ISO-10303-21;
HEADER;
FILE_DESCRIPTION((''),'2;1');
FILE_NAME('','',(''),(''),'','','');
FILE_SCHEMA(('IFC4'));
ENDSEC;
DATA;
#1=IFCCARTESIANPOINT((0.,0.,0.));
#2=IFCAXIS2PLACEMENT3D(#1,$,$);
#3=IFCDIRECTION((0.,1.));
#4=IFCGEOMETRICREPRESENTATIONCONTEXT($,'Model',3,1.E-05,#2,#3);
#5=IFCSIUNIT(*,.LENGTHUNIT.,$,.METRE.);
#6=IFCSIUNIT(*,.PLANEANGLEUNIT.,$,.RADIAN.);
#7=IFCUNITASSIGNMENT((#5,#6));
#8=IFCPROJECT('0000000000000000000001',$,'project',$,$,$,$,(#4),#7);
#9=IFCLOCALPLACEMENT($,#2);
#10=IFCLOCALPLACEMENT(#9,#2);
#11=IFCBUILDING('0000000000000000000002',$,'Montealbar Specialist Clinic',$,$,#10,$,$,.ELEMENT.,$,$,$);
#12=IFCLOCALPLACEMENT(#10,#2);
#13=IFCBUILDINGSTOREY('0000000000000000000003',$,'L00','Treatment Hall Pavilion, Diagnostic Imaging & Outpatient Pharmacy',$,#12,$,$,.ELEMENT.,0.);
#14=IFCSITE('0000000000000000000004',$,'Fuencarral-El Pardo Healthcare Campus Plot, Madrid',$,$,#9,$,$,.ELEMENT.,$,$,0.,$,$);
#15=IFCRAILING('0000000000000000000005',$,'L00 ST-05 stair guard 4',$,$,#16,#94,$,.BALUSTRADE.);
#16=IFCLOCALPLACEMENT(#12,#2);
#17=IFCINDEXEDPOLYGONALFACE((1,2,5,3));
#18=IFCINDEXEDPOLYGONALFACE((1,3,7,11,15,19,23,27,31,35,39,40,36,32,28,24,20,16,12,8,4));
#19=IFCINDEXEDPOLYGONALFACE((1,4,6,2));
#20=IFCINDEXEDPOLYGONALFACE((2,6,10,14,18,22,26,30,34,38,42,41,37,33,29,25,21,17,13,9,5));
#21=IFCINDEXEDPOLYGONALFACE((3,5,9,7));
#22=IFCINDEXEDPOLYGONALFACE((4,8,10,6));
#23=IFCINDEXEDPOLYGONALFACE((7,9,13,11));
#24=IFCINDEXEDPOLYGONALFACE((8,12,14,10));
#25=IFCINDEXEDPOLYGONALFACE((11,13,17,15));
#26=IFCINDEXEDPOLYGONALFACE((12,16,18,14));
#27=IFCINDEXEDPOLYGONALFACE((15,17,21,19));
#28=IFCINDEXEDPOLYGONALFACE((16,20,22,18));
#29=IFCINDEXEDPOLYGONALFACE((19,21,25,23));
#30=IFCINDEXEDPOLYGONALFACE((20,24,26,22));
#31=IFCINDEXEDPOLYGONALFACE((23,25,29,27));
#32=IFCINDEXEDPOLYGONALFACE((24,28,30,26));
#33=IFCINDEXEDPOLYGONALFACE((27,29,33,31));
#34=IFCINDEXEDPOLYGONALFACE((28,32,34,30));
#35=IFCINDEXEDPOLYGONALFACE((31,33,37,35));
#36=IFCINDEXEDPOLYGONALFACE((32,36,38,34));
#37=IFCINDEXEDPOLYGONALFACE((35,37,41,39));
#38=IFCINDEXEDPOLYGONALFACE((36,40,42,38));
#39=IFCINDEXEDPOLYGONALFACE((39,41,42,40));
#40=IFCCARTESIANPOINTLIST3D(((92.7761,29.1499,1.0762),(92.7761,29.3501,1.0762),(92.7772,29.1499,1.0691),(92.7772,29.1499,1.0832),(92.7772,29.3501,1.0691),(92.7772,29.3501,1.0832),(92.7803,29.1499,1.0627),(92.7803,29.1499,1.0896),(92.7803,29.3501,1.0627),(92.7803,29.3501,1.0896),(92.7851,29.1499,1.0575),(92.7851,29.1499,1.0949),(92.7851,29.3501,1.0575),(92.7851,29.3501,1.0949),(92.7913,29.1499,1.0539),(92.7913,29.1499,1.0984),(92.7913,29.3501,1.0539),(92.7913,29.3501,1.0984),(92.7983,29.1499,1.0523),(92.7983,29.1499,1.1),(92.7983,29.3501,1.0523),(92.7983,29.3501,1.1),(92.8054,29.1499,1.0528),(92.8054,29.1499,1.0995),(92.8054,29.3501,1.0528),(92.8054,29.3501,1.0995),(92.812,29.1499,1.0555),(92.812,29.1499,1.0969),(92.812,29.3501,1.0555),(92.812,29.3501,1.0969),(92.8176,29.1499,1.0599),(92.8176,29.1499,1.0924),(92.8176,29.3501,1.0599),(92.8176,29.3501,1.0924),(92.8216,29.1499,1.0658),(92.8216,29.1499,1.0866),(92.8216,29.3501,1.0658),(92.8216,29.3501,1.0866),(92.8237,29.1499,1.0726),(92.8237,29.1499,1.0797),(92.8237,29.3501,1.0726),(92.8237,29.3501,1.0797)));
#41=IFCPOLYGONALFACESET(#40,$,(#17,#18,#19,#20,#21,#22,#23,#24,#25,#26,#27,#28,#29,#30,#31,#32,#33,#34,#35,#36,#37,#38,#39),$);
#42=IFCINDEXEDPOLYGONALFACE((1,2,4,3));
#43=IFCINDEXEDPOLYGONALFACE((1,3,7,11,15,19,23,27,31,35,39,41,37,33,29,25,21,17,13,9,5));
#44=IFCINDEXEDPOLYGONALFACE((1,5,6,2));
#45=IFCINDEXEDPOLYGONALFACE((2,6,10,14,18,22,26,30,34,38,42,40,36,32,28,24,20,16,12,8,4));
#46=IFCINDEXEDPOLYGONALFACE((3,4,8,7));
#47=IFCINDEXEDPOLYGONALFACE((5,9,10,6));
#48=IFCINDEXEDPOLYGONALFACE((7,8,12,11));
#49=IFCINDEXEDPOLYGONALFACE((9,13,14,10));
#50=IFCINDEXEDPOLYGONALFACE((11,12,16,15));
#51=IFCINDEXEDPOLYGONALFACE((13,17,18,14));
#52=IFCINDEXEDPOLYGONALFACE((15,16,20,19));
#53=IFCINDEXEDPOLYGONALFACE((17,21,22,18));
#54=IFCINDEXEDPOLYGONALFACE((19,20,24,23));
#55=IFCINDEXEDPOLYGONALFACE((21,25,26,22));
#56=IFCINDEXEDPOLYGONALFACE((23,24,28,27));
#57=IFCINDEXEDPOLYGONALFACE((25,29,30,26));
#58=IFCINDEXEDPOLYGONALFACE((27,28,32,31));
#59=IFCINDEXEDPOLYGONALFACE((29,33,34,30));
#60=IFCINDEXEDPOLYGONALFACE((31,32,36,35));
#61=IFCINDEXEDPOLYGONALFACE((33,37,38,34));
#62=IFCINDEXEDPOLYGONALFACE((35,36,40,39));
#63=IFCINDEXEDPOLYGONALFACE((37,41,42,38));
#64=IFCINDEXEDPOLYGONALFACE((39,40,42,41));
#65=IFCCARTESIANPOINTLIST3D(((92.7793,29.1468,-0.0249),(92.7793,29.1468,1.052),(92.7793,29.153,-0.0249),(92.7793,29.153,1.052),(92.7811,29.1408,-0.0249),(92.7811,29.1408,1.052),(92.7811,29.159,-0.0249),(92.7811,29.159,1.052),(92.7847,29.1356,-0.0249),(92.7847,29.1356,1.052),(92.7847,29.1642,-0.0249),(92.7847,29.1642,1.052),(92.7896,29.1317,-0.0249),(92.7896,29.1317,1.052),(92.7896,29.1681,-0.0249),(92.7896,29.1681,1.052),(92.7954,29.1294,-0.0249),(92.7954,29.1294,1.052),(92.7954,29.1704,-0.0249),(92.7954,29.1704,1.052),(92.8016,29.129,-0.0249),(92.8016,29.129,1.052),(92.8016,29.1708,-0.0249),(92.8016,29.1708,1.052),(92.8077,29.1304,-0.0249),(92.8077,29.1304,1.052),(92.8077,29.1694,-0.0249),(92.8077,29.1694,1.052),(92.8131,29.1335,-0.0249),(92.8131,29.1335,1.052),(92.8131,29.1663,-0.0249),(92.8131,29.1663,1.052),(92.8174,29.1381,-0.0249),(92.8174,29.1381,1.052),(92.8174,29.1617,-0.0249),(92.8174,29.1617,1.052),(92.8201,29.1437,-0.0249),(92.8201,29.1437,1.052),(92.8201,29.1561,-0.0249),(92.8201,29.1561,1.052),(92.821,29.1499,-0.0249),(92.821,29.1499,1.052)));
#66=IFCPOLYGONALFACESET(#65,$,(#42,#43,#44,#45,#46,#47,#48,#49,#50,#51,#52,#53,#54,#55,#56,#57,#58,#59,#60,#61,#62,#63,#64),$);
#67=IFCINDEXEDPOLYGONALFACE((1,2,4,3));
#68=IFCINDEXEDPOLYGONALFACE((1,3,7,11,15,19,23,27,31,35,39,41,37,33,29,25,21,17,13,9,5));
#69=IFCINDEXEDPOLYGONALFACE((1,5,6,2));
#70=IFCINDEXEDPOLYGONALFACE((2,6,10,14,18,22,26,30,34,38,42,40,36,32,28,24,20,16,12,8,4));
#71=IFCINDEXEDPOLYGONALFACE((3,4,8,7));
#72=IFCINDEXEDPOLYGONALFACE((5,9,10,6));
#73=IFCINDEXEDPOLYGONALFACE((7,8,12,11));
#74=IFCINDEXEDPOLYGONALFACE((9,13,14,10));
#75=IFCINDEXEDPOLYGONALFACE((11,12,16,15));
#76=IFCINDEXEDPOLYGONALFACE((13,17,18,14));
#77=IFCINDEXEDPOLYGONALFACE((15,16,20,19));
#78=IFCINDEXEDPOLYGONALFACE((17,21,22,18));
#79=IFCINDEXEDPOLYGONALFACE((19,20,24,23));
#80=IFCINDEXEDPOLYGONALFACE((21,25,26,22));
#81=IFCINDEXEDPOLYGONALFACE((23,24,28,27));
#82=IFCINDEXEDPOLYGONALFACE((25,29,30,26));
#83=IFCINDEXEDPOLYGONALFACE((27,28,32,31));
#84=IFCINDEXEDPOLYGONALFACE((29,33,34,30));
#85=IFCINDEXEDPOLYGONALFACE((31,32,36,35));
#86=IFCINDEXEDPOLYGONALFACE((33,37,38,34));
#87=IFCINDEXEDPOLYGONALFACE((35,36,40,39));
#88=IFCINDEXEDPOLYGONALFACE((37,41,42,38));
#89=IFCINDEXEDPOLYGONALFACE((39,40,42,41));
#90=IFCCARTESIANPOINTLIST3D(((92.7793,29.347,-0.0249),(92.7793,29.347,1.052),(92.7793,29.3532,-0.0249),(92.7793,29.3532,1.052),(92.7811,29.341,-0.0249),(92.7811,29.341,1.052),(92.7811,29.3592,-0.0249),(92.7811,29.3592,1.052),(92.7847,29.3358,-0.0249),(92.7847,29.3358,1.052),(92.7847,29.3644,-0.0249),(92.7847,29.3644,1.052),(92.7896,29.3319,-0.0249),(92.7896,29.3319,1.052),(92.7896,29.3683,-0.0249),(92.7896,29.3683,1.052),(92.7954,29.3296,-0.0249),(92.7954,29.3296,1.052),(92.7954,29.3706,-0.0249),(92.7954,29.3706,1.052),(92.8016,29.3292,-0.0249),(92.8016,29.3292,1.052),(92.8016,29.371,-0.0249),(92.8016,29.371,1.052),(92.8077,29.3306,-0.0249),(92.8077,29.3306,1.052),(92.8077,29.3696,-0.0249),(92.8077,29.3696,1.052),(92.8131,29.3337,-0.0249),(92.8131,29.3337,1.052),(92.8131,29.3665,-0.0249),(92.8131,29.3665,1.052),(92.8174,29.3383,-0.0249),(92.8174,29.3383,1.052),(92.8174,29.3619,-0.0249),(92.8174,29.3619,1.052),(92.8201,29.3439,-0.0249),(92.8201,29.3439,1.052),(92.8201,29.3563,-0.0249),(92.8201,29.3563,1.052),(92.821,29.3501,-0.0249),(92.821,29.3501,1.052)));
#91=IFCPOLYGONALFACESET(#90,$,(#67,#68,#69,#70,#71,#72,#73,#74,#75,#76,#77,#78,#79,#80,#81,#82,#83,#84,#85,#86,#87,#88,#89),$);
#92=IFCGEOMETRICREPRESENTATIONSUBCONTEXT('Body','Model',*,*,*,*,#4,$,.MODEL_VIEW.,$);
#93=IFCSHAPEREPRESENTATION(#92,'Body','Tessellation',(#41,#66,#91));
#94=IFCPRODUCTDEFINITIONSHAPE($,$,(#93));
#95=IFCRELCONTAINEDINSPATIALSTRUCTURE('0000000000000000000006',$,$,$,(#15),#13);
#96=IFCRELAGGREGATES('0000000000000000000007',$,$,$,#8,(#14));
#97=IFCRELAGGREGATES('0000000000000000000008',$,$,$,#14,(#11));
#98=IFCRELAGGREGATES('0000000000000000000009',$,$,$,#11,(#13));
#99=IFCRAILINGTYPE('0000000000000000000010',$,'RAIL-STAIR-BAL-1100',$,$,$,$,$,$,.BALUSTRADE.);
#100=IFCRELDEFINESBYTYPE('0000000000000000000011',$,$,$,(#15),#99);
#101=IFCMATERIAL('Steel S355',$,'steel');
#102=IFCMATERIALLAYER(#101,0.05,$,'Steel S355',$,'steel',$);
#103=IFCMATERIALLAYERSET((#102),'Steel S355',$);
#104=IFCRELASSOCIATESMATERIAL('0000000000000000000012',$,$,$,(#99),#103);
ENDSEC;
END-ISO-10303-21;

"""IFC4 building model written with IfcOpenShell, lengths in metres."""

from ifc_helpers import new_model, si_unit, direction, frame, origin, origin_2d, place, context, subcontext, project, spatial, circle, extrude, material, layer, layer_set, type_object, element, save


model = new_model("IFC4")

# Units and contexts
model_context = context("Model", 3, precision=1e-05, world=origin(), true_north=direction((0.0, 1.0)))
body_context = subcontext(model_context, "Body", "Model", "MODEL_VIEW")
ifc_project = project(units=[si_unit("LENGTHUNIT", "METRE"), si_unit("PLANEANGLEUNIT", "RADIAN")], contexts=[model_context])

# Site, building, storey
site_placement = place(None, origin())
site = spatial("IfcSite", under=ifc_project, at=site_placement, Name="Fuencarral-El Pardo Healthcare Campus Plot, Madrid", CompositionType="ELEMENT", RefElevation=0.0)
building_placement = place(site_placement, origin())
building = spatial("IfcBuilding", under=site, at=building_placement, Name="Montealbar Specialist Clinic", CompositionType="ELEMENT")
storey_placement = place(building_placement, origin())
storey = spatial("IfcBuildingStorey", under=building, at=storey_placement, Name="L00", Description="Treatment Hall Pavilion, Diagnostic Imaging & Outpatient Pharmacy", CompositionType="ELEMENT", Elevation=0.0)

# Shared definitions
ifc_material_1 = material(Name="Steel S355", Category="steel")

# Railing
ifc_layer_1 = layer(ifc_material_1, 0.05, Name="Steel S355", Category="steel")
ifc_layer_set_1 = layer_set([ifc_layer_1], Name="Steel S355")
railing_type_1 = type_object("IfcRailingType", Name="RAIL-STAIR-BAL-1100", PredefinedType="BALUSTRADE", material=ifc_layer_set_1)
railing_1_placement = place(storey_placement, frame((92.8, 29.1499, 0.0)))
element("IfcRailing", 1, at=railing_1_placement, inside=storey, type_object=railing_type_1, Name="L00 ST-05 stair guard 4", PredefinedType="BALUSTRADE", context=body_context, shape_type="SweptSolid", body=[
    extrude(circle(Radius=0.0239, at=origin_2d()), frame((0.0, 0.0, 1.0762), z_axis=(0.0, 1.0, 0.0), x_axis=(-1.0, 0.0, 0.0)), (0.0, 0.0, 1.0), 0.2002),
    extrude(circle(Radius=0.021, at=origin_2d()), frame((0.0, 0.0, -0.0249)), (0.0, 0.0, 1.0), 1.0769),
    extrude(circle(Radius=0.021, at=origin_2d()), frame((0.0, 0.2002, -0.0249)), (0.0, 0.0, 1.0), 1.0769),
])

save(model, "model.ifc")
